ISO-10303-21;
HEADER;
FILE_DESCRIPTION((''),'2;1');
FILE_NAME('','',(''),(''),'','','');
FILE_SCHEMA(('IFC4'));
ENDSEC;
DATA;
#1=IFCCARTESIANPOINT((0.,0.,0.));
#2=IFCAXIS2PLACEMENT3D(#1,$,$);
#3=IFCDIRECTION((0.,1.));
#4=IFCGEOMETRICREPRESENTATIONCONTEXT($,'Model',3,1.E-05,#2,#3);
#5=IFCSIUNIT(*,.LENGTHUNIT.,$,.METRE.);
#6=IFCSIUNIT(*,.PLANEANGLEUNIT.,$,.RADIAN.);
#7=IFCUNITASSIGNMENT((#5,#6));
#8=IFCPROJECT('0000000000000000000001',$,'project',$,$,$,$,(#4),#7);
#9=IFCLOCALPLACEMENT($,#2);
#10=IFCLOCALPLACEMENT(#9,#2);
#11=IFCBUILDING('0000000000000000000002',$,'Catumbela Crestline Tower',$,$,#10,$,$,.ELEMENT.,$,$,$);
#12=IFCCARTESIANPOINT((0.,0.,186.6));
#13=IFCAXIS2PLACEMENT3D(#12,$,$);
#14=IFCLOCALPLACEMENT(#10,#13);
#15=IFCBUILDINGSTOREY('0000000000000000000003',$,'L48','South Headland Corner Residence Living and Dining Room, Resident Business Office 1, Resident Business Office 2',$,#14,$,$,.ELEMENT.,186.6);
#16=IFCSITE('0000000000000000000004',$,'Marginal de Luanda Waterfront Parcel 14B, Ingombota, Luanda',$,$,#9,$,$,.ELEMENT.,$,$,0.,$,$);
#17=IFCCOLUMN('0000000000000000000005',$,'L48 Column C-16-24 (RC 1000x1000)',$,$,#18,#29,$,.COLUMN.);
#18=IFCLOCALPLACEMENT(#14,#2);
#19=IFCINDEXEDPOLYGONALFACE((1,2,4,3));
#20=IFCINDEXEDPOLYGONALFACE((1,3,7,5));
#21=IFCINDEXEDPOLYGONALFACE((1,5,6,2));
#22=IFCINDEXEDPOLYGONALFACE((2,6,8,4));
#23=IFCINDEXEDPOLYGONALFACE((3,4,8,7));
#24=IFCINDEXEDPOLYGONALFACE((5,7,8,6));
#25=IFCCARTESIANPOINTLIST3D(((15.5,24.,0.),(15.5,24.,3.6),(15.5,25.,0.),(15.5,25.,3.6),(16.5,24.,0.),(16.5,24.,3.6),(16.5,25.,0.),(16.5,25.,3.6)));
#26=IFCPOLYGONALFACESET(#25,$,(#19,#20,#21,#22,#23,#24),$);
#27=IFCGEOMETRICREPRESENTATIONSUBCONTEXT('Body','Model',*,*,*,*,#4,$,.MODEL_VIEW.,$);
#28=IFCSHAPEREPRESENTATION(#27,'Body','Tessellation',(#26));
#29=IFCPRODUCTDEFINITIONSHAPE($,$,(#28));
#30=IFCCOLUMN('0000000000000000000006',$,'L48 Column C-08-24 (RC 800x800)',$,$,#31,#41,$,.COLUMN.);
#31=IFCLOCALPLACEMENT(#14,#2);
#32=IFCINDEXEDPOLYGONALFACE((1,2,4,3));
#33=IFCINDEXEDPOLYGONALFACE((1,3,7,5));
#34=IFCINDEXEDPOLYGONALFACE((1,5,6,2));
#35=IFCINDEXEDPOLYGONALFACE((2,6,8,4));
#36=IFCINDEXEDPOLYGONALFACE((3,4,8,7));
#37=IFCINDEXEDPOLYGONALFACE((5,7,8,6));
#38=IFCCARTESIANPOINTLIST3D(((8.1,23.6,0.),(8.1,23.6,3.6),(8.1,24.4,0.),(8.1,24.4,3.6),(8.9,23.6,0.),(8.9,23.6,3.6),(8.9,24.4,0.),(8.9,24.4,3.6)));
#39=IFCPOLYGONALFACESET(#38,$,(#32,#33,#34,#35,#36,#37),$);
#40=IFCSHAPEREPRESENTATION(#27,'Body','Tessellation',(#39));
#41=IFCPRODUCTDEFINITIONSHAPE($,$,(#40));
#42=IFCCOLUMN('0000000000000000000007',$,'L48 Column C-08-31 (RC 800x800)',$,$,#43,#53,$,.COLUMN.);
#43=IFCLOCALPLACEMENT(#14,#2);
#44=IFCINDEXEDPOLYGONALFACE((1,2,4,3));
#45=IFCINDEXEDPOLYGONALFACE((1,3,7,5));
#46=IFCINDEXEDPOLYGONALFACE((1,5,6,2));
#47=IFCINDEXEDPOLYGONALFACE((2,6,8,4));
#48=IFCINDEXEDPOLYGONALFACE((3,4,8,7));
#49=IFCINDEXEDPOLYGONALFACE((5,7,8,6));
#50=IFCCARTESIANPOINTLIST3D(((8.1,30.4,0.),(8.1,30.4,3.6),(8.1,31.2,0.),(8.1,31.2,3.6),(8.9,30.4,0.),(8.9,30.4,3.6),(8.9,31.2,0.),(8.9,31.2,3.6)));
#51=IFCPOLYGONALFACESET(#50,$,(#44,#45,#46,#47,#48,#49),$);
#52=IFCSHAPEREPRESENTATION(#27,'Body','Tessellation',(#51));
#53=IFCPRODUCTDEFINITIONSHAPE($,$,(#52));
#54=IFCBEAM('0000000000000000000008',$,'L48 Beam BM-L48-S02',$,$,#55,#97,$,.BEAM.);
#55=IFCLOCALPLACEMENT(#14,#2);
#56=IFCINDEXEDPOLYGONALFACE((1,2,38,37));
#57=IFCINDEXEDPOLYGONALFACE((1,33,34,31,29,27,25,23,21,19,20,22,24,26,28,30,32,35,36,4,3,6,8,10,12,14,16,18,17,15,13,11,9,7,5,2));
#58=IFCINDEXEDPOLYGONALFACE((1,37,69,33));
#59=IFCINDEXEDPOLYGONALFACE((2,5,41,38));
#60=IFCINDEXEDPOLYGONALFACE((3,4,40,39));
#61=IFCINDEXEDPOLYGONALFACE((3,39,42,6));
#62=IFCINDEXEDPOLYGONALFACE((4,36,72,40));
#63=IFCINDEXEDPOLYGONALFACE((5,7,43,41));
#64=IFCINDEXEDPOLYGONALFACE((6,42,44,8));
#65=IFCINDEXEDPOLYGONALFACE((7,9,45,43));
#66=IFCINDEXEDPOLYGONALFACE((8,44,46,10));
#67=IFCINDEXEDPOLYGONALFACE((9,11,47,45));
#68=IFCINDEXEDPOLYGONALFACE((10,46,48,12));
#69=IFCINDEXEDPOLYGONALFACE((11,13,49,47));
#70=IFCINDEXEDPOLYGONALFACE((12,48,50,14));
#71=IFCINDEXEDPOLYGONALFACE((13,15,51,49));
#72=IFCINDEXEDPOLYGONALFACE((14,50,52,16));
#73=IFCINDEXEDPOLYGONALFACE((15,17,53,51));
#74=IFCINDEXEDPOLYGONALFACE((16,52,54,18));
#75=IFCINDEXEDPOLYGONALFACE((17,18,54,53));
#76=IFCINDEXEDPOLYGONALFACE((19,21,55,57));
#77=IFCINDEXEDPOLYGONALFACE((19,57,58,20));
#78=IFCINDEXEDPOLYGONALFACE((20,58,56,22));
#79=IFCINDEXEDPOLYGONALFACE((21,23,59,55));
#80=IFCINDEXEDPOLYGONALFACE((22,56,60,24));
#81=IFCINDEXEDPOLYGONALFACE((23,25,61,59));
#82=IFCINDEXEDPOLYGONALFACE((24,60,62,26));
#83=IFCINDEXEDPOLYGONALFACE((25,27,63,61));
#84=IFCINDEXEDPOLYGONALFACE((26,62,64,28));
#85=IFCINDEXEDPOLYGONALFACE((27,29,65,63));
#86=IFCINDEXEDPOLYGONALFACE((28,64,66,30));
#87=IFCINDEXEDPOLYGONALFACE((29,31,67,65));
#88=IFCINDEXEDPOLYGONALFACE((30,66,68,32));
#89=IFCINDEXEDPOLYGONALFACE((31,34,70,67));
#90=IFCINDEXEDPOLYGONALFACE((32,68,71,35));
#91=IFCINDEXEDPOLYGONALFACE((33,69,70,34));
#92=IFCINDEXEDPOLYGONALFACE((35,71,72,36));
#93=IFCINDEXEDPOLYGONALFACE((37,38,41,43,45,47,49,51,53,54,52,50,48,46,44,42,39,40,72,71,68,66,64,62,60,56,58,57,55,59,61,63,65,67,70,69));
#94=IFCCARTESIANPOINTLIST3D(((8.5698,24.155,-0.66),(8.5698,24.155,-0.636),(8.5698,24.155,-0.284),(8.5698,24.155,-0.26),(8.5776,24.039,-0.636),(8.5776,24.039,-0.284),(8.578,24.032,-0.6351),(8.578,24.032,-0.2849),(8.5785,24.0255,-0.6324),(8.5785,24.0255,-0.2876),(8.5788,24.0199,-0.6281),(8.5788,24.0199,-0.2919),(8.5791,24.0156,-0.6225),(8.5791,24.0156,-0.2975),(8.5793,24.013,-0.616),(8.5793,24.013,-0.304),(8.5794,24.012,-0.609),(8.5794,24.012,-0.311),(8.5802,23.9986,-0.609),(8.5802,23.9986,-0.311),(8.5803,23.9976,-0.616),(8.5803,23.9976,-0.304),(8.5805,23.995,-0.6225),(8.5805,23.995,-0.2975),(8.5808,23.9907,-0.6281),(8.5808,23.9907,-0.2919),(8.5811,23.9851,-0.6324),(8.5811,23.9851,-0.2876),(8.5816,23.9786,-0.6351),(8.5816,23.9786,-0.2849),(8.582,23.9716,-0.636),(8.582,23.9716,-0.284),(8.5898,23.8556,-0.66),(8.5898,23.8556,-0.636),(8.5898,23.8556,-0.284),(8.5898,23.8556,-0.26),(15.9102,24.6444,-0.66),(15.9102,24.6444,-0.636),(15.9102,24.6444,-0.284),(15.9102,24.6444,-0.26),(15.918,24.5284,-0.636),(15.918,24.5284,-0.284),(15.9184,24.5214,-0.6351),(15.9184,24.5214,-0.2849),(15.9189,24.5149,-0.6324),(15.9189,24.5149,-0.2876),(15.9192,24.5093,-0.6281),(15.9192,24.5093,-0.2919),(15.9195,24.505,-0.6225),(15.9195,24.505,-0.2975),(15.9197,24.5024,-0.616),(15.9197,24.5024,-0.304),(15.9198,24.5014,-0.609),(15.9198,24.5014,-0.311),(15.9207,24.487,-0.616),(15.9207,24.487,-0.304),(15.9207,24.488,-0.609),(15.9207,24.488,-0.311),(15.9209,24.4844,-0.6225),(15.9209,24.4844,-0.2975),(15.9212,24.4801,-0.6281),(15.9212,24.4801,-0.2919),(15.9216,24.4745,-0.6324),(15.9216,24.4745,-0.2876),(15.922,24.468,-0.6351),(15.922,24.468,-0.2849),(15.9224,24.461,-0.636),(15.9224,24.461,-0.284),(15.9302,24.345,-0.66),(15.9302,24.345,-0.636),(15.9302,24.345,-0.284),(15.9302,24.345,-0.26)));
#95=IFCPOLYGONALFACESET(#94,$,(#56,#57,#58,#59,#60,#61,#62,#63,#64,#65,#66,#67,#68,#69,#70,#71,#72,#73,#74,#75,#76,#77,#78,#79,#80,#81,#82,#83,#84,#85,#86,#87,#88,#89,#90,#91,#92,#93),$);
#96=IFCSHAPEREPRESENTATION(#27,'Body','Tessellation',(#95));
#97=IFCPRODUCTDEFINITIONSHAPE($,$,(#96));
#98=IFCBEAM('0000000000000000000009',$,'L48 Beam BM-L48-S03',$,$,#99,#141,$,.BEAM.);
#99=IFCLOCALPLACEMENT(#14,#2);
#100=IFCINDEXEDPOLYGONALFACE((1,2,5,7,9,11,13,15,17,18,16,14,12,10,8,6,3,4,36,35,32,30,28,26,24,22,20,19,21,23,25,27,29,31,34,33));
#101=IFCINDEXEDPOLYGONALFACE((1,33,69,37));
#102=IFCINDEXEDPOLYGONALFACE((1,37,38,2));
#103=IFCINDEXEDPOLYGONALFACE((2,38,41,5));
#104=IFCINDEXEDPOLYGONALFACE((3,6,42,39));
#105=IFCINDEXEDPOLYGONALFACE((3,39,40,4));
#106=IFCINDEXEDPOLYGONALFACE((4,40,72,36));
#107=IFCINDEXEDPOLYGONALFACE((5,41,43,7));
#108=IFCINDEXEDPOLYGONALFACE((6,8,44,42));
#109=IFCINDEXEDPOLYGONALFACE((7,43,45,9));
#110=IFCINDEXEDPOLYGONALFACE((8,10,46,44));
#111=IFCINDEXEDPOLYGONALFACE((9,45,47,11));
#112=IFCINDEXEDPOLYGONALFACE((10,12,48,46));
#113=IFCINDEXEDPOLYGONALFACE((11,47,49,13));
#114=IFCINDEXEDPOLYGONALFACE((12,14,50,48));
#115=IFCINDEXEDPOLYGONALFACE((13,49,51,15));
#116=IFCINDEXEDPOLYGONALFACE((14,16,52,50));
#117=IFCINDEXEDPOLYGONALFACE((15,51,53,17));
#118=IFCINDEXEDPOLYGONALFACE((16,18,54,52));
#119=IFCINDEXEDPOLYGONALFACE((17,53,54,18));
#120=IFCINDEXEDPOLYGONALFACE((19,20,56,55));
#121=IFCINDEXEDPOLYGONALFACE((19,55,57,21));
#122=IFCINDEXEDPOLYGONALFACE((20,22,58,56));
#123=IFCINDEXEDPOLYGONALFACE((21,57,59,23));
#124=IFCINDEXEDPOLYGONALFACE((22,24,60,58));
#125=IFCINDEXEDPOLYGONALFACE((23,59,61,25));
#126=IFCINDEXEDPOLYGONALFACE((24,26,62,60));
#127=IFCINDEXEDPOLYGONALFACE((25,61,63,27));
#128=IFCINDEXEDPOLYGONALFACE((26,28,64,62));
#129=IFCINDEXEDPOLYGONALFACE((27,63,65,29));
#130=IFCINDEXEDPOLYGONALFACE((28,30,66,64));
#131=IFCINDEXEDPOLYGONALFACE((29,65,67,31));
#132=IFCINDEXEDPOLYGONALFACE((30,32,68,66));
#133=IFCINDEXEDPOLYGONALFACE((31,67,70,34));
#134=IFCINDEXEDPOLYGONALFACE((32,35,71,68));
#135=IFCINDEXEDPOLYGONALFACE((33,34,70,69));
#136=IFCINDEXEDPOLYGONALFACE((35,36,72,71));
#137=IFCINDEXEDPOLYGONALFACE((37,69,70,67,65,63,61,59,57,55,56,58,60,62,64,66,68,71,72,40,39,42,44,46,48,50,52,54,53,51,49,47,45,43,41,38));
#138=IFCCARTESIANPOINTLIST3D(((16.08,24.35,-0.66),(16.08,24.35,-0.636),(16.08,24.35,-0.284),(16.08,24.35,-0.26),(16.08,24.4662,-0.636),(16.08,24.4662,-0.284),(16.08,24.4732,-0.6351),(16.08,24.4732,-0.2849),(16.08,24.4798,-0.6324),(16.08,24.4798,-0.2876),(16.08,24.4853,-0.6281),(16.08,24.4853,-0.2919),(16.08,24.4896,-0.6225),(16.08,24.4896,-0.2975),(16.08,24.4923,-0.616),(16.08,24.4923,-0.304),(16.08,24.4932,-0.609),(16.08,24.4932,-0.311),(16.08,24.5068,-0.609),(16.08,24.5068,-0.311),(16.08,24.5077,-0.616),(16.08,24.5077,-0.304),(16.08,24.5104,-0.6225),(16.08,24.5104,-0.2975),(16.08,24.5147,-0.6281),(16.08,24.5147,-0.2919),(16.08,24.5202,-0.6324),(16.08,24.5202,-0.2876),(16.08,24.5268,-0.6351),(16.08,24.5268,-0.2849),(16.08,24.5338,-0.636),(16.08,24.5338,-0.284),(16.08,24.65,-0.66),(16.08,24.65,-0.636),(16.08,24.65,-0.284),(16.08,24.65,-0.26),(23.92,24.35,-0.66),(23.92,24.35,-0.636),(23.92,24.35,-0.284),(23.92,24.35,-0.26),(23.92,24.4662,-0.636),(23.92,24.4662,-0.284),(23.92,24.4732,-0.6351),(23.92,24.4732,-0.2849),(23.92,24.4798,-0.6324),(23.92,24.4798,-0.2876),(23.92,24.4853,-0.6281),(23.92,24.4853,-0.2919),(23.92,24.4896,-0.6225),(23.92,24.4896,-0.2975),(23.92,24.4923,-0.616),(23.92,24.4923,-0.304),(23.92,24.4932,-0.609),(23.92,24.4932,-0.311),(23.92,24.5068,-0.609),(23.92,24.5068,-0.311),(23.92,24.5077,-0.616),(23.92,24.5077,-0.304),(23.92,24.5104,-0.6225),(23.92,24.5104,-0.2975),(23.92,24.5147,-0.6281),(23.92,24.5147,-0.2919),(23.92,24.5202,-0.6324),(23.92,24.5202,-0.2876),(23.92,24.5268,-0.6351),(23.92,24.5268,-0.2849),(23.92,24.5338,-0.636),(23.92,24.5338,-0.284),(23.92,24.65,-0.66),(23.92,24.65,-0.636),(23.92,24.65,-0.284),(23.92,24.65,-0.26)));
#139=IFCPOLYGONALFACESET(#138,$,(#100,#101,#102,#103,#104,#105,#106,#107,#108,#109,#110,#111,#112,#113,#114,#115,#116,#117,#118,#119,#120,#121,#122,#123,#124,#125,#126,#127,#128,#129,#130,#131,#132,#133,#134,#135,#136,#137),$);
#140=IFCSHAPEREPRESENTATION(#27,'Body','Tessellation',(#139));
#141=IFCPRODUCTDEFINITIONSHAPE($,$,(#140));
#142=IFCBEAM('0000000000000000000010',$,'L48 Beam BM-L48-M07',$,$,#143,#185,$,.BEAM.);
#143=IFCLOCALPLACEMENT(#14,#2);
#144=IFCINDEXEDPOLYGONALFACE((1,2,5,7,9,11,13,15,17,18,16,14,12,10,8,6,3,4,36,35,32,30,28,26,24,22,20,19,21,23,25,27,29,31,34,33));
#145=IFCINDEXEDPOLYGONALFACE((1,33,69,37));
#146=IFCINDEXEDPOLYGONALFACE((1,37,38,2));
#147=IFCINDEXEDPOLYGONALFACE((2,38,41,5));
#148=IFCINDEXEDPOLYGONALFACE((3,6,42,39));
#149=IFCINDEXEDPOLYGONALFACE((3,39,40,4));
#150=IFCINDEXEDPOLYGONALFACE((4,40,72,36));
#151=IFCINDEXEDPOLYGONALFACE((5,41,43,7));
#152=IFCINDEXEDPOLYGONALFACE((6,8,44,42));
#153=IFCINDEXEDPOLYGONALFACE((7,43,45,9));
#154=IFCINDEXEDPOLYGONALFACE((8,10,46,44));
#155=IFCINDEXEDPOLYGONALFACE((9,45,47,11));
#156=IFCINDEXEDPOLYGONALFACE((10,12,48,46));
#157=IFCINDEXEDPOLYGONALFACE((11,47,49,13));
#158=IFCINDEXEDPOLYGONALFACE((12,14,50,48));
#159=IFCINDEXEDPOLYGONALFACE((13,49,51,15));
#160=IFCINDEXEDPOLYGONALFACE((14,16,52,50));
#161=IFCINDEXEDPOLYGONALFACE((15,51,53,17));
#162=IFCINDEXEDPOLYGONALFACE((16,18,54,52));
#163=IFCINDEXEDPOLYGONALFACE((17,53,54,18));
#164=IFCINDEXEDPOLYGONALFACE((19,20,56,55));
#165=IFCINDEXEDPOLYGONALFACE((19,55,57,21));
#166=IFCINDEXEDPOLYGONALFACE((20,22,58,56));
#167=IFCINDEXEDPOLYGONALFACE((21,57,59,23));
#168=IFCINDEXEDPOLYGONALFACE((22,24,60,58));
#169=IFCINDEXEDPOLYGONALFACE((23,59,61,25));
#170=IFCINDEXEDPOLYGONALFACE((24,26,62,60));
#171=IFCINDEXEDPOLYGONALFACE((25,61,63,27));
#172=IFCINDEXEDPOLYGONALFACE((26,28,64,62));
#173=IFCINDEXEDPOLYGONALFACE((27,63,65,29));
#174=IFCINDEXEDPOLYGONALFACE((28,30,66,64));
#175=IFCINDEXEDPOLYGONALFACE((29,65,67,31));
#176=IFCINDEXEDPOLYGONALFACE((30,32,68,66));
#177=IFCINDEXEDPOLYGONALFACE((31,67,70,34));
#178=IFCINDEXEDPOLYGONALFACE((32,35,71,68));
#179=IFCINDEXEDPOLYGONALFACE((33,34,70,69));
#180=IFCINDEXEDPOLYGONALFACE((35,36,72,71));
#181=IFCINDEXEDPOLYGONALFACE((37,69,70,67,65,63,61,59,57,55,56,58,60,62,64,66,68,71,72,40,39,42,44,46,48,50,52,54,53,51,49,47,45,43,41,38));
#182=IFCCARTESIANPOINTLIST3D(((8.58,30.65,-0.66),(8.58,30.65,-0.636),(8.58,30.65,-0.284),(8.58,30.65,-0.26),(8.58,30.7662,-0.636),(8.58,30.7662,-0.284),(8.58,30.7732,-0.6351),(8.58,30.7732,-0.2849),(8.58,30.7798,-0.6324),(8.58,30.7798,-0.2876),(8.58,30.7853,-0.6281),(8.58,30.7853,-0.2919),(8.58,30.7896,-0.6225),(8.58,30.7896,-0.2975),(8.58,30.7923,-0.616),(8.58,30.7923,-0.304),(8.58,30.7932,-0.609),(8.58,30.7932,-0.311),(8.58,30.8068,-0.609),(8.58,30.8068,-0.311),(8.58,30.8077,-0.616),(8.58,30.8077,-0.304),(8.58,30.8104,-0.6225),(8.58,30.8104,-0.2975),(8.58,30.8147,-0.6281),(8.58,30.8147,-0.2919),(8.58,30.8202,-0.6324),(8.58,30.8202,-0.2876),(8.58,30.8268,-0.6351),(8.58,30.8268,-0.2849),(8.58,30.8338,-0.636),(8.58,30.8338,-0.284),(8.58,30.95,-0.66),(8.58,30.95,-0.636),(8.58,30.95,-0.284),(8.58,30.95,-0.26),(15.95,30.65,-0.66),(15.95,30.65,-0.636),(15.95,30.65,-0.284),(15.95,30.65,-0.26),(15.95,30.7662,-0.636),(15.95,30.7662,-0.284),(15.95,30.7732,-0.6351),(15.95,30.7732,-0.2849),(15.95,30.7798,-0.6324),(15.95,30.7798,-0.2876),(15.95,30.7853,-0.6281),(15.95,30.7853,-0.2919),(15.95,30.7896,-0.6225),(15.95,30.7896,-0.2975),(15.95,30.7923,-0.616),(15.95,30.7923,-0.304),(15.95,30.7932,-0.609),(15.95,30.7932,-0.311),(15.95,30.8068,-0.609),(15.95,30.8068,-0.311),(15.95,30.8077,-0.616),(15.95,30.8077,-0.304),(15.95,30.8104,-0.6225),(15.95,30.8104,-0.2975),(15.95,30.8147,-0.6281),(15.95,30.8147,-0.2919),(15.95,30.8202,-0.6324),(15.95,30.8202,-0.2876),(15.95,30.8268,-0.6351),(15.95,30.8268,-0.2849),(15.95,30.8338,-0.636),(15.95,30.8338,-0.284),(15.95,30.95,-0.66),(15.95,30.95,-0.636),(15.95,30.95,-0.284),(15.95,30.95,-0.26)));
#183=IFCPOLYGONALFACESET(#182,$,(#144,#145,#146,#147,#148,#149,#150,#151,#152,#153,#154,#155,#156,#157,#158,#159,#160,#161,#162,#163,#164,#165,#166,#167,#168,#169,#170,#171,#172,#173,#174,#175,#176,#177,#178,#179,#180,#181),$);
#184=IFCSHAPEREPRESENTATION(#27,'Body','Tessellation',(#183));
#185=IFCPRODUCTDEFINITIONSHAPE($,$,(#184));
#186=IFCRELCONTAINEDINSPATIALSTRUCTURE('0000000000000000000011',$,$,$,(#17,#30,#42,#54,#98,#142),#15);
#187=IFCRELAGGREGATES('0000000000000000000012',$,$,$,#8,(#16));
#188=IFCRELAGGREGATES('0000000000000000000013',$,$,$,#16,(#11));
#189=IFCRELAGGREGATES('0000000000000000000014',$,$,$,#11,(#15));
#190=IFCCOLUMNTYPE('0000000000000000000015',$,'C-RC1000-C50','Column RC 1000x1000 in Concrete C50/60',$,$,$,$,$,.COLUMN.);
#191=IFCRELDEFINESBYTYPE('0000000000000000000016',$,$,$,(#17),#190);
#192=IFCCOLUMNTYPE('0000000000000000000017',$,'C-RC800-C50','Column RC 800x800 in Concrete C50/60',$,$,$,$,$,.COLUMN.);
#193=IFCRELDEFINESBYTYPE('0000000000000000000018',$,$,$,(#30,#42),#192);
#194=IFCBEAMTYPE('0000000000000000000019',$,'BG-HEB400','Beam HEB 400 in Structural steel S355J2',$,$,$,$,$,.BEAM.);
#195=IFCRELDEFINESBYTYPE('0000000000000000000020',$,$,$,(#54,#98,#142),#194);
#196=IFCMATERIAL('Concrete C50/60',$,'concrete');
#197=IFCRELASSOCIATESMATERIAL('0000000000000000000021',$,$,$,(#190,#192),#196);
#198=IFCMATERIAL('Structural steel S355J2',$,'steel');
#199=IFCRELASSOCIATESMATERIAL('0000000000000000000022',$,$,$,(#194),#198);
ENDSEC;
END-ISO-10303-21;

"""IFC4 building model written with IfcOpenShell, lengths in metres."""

from ifc_helpers import new_model, si_unit, direction, frame, origin, origin_2d, place, context, subcontext, project, spatial, rectangle, i_section, extrude, material, material_profile, profile_set, type_object, element, save


model = new_model("IFC4")

# Units and contexts
model_context = context("Model", 3, precision=1e-05, world=origin(), true_north=direction((0.0, 1.0)))
body_context = subcontext(model_context, "Body", "Model", "MODEL_VIEW")
ifc_project = project(units=[si_unit("LENGTHUNIT", "METRE"), si_unit("PLANEANGLEUNIT", "RADIAN")], contexts=[model_context])

# Site, building, storey
site_placement = place(None, origin())
site = spatial("IfcSite", under=ifc_project, at=site_placement, Name="Marginal de Luanda Waterfront Parcel 14B, Ingombota, Luanda", CompositionType="ELEMENT", RefElevation=0.0)
building_placement = place(site_placement, origin())
building = spatial("IfcBuilding", under=site, at=building_placement, Name="Catumbela Crestline Tower", CompositionType="ELEMENT")
storey_placement = place(building_placement, frame((0.0, 0.0, 186.6)))
storey = spatial("IfcBuildingStorey", under=building, at=storey_placement, Name="L48", Description="South Headland Corner Residence Living and Dining Room, Resident Business Office 1, Resident Business Office 2", CompositionType="ELEMENT", Elevation=186.6)

# Columns
ifc_material_1 = material(Name="Concrete C50/60", Category="concrete")
ifc_material_profile_1 = material_profile(ifc_material_1, rectangle(XDim=1.0, YDim=1.0, at=origin_2d()), Name="RC 1000x1000")
ifc_profile_set_1 = profile_set([ifc_material_profile_1], Name="Concrete C50/60")
column_type_1 = type_object("IfcColumnType", Name="C-RC1000-C50", Description="Column RC 1000x1000 in Concrete C50/60", PredefinedType="COLUMN", material=ifc_profile_set_1)
column_placement = place(storey_placement, frame((16.0, 24.5, 0.0), z_axis=(0.0, 0.0, 1.0), x_axis=(1.0, 0.0, 0.0)))
element("IfcColumn", 1, at=column_placement, inside=storey, type_object=column_type_1, Name="L48 Column C-16-24 (RC 1000x1000)", PredefinedType="COLUMN", context=body_context, shape_type="SweptSolid", body=[
    extrude(rectangle(XDim=1.0, YDim=1.0, at=origin_2d()), origin(), (0.0, 0.0, 1.0), 3.6),
])
ifc_material_profile_2 = material_profile(ifc_material_1, rectangle(XDim=0.8, YDim=0.8, at=origin_2d()), Name="RC 800x800")
ifc_profile_set_2 = profile_set([ifc_material_profile_2], Name="Concrete C50/60")
column_type_2 = type_object("IfcColumnType", Name="C-RC800-C50", Description="Column RC 800x800 in Concrete C50/60", PredefinedType="COLUMN", material=ifc_profile_set_2)
for number, where, z_axis, x_axis, name in (
    (2, (8.5, 24.0, 0.0), (0.0, 0.0, 1.0), (1.0, 0.0, 0.0), "L48 Column C-08-24 (RC 800x800)"),
    (3, (8.5, 30.8, 0.0), (0.0, 0.0, 1.0), (1.0, 0.0, 0.0), "L48 Column C-08-31 (RC 800x800)"),
):
    element("IfcColumn", number, at=place(storey_placement, frame(where, z_axis=z_axis, x_axis=x_axis)), inside=storey, type_object=column_type_2, Name=name, PredefinedType="COLUMN", context=body_context, shape_type="SweptSolid", body=[
        extrude(rectangle(XDim=0.8, YDim=0.8, at=origin_2d()), origin(), (0.0, 0.0, 1.0), 3.6),
    ])

# Beams
ifc_material_2 = material(Name="Structural steel S355J2", Category="steel")
ifc_material_profile_3 = material_profile(ifc_material_2, i_section(OverallWidth=0.3, OverallDepth=0.4, WebThickness=0.0135, FlangeThickness=0.024, FilletRadius=0.027, at=origin_2d()), Name="HEB 400")
ifc_profile_set_3 = profile_set([ifc_material_profile_3], Name="Structural steel S355J2")
beam_type_1 = type_object("IfcBeamType", Name="BG-HEB400", Description="Beam HEB 400 in Structural steel S355J2", PredefinedType="BEAM", material=ifc_profile_set_3)
beam_1_placement = place(storey_placement, frame((8.5798, 24.0053, -0.46), z_axis=(0.997785, 0.066524, 0.0), x_axis=(-0.066524, 0.997785, 0.0)))
element("IfcBeam", 4, at=beam_1_placement, inside=storey, type_object=beam_type_1, Name="L48 Beam BM-L48-S02", PredefinedType="BEAM", context=body_context, shape_type="SweptSolid", body=[
    extrude(i_section(OverallWidth=0.3, OverallDepth=0.4, WebThickness=0.0135, FlangeThickness=0.024, FilletRadius=0.027, at=origin_2d()), origin(), (0.0, 0.0, 1.0), 7.3567),
])
beam_2_placement = place(storey_placement, frame((16.08, 24.5, -0.46), z_axis=(1.0, 0.0, 0.0), x_axis=(0.0, 1.0, 0.0)))
element("IfcBeam", 5, at=beam_2_placement, inside=storey, type_object=beam_type_1, Name="L48 Beam BM-L48-S03", PredefinedType="BEAM", context=body_context, shape_type="SweptSolid", body=[
    extrude(i_section(OverallWidth=0.3, OverallDepth=0.4, WebThickness=0.0135, FlangeThickness=0.024, FilletRadius=0.027, at=origin_2d()), origin(), (0.0, 0.0, 1.0), 7.84),
])
beam_3_placement = place(storey_placement, frame((8.58, 30.8, -0.46), z_axis=(1.0, 0.0, 0.0), x_axis=(0.0, 1.0, 0.0)))
element("IfcBeam", 6, at=beam_3_placement, inside=storey, type_object=beam_type_1, Name="L48 Beam BM-L48-M07", PredefinedType="BEAM", context=body_context, shape_type="SweptSolid", body=[
    extrude(i_section(OverallWidth=0.3, OverallDepth=0.4, WebThickness=0.0135, FlangeThickness=0.024, FilletRadius=0.027, at=origin_2d()), origin(), (0.0, 0.0, 1.0), 7.37),
])

save(model, "model.ifc")
